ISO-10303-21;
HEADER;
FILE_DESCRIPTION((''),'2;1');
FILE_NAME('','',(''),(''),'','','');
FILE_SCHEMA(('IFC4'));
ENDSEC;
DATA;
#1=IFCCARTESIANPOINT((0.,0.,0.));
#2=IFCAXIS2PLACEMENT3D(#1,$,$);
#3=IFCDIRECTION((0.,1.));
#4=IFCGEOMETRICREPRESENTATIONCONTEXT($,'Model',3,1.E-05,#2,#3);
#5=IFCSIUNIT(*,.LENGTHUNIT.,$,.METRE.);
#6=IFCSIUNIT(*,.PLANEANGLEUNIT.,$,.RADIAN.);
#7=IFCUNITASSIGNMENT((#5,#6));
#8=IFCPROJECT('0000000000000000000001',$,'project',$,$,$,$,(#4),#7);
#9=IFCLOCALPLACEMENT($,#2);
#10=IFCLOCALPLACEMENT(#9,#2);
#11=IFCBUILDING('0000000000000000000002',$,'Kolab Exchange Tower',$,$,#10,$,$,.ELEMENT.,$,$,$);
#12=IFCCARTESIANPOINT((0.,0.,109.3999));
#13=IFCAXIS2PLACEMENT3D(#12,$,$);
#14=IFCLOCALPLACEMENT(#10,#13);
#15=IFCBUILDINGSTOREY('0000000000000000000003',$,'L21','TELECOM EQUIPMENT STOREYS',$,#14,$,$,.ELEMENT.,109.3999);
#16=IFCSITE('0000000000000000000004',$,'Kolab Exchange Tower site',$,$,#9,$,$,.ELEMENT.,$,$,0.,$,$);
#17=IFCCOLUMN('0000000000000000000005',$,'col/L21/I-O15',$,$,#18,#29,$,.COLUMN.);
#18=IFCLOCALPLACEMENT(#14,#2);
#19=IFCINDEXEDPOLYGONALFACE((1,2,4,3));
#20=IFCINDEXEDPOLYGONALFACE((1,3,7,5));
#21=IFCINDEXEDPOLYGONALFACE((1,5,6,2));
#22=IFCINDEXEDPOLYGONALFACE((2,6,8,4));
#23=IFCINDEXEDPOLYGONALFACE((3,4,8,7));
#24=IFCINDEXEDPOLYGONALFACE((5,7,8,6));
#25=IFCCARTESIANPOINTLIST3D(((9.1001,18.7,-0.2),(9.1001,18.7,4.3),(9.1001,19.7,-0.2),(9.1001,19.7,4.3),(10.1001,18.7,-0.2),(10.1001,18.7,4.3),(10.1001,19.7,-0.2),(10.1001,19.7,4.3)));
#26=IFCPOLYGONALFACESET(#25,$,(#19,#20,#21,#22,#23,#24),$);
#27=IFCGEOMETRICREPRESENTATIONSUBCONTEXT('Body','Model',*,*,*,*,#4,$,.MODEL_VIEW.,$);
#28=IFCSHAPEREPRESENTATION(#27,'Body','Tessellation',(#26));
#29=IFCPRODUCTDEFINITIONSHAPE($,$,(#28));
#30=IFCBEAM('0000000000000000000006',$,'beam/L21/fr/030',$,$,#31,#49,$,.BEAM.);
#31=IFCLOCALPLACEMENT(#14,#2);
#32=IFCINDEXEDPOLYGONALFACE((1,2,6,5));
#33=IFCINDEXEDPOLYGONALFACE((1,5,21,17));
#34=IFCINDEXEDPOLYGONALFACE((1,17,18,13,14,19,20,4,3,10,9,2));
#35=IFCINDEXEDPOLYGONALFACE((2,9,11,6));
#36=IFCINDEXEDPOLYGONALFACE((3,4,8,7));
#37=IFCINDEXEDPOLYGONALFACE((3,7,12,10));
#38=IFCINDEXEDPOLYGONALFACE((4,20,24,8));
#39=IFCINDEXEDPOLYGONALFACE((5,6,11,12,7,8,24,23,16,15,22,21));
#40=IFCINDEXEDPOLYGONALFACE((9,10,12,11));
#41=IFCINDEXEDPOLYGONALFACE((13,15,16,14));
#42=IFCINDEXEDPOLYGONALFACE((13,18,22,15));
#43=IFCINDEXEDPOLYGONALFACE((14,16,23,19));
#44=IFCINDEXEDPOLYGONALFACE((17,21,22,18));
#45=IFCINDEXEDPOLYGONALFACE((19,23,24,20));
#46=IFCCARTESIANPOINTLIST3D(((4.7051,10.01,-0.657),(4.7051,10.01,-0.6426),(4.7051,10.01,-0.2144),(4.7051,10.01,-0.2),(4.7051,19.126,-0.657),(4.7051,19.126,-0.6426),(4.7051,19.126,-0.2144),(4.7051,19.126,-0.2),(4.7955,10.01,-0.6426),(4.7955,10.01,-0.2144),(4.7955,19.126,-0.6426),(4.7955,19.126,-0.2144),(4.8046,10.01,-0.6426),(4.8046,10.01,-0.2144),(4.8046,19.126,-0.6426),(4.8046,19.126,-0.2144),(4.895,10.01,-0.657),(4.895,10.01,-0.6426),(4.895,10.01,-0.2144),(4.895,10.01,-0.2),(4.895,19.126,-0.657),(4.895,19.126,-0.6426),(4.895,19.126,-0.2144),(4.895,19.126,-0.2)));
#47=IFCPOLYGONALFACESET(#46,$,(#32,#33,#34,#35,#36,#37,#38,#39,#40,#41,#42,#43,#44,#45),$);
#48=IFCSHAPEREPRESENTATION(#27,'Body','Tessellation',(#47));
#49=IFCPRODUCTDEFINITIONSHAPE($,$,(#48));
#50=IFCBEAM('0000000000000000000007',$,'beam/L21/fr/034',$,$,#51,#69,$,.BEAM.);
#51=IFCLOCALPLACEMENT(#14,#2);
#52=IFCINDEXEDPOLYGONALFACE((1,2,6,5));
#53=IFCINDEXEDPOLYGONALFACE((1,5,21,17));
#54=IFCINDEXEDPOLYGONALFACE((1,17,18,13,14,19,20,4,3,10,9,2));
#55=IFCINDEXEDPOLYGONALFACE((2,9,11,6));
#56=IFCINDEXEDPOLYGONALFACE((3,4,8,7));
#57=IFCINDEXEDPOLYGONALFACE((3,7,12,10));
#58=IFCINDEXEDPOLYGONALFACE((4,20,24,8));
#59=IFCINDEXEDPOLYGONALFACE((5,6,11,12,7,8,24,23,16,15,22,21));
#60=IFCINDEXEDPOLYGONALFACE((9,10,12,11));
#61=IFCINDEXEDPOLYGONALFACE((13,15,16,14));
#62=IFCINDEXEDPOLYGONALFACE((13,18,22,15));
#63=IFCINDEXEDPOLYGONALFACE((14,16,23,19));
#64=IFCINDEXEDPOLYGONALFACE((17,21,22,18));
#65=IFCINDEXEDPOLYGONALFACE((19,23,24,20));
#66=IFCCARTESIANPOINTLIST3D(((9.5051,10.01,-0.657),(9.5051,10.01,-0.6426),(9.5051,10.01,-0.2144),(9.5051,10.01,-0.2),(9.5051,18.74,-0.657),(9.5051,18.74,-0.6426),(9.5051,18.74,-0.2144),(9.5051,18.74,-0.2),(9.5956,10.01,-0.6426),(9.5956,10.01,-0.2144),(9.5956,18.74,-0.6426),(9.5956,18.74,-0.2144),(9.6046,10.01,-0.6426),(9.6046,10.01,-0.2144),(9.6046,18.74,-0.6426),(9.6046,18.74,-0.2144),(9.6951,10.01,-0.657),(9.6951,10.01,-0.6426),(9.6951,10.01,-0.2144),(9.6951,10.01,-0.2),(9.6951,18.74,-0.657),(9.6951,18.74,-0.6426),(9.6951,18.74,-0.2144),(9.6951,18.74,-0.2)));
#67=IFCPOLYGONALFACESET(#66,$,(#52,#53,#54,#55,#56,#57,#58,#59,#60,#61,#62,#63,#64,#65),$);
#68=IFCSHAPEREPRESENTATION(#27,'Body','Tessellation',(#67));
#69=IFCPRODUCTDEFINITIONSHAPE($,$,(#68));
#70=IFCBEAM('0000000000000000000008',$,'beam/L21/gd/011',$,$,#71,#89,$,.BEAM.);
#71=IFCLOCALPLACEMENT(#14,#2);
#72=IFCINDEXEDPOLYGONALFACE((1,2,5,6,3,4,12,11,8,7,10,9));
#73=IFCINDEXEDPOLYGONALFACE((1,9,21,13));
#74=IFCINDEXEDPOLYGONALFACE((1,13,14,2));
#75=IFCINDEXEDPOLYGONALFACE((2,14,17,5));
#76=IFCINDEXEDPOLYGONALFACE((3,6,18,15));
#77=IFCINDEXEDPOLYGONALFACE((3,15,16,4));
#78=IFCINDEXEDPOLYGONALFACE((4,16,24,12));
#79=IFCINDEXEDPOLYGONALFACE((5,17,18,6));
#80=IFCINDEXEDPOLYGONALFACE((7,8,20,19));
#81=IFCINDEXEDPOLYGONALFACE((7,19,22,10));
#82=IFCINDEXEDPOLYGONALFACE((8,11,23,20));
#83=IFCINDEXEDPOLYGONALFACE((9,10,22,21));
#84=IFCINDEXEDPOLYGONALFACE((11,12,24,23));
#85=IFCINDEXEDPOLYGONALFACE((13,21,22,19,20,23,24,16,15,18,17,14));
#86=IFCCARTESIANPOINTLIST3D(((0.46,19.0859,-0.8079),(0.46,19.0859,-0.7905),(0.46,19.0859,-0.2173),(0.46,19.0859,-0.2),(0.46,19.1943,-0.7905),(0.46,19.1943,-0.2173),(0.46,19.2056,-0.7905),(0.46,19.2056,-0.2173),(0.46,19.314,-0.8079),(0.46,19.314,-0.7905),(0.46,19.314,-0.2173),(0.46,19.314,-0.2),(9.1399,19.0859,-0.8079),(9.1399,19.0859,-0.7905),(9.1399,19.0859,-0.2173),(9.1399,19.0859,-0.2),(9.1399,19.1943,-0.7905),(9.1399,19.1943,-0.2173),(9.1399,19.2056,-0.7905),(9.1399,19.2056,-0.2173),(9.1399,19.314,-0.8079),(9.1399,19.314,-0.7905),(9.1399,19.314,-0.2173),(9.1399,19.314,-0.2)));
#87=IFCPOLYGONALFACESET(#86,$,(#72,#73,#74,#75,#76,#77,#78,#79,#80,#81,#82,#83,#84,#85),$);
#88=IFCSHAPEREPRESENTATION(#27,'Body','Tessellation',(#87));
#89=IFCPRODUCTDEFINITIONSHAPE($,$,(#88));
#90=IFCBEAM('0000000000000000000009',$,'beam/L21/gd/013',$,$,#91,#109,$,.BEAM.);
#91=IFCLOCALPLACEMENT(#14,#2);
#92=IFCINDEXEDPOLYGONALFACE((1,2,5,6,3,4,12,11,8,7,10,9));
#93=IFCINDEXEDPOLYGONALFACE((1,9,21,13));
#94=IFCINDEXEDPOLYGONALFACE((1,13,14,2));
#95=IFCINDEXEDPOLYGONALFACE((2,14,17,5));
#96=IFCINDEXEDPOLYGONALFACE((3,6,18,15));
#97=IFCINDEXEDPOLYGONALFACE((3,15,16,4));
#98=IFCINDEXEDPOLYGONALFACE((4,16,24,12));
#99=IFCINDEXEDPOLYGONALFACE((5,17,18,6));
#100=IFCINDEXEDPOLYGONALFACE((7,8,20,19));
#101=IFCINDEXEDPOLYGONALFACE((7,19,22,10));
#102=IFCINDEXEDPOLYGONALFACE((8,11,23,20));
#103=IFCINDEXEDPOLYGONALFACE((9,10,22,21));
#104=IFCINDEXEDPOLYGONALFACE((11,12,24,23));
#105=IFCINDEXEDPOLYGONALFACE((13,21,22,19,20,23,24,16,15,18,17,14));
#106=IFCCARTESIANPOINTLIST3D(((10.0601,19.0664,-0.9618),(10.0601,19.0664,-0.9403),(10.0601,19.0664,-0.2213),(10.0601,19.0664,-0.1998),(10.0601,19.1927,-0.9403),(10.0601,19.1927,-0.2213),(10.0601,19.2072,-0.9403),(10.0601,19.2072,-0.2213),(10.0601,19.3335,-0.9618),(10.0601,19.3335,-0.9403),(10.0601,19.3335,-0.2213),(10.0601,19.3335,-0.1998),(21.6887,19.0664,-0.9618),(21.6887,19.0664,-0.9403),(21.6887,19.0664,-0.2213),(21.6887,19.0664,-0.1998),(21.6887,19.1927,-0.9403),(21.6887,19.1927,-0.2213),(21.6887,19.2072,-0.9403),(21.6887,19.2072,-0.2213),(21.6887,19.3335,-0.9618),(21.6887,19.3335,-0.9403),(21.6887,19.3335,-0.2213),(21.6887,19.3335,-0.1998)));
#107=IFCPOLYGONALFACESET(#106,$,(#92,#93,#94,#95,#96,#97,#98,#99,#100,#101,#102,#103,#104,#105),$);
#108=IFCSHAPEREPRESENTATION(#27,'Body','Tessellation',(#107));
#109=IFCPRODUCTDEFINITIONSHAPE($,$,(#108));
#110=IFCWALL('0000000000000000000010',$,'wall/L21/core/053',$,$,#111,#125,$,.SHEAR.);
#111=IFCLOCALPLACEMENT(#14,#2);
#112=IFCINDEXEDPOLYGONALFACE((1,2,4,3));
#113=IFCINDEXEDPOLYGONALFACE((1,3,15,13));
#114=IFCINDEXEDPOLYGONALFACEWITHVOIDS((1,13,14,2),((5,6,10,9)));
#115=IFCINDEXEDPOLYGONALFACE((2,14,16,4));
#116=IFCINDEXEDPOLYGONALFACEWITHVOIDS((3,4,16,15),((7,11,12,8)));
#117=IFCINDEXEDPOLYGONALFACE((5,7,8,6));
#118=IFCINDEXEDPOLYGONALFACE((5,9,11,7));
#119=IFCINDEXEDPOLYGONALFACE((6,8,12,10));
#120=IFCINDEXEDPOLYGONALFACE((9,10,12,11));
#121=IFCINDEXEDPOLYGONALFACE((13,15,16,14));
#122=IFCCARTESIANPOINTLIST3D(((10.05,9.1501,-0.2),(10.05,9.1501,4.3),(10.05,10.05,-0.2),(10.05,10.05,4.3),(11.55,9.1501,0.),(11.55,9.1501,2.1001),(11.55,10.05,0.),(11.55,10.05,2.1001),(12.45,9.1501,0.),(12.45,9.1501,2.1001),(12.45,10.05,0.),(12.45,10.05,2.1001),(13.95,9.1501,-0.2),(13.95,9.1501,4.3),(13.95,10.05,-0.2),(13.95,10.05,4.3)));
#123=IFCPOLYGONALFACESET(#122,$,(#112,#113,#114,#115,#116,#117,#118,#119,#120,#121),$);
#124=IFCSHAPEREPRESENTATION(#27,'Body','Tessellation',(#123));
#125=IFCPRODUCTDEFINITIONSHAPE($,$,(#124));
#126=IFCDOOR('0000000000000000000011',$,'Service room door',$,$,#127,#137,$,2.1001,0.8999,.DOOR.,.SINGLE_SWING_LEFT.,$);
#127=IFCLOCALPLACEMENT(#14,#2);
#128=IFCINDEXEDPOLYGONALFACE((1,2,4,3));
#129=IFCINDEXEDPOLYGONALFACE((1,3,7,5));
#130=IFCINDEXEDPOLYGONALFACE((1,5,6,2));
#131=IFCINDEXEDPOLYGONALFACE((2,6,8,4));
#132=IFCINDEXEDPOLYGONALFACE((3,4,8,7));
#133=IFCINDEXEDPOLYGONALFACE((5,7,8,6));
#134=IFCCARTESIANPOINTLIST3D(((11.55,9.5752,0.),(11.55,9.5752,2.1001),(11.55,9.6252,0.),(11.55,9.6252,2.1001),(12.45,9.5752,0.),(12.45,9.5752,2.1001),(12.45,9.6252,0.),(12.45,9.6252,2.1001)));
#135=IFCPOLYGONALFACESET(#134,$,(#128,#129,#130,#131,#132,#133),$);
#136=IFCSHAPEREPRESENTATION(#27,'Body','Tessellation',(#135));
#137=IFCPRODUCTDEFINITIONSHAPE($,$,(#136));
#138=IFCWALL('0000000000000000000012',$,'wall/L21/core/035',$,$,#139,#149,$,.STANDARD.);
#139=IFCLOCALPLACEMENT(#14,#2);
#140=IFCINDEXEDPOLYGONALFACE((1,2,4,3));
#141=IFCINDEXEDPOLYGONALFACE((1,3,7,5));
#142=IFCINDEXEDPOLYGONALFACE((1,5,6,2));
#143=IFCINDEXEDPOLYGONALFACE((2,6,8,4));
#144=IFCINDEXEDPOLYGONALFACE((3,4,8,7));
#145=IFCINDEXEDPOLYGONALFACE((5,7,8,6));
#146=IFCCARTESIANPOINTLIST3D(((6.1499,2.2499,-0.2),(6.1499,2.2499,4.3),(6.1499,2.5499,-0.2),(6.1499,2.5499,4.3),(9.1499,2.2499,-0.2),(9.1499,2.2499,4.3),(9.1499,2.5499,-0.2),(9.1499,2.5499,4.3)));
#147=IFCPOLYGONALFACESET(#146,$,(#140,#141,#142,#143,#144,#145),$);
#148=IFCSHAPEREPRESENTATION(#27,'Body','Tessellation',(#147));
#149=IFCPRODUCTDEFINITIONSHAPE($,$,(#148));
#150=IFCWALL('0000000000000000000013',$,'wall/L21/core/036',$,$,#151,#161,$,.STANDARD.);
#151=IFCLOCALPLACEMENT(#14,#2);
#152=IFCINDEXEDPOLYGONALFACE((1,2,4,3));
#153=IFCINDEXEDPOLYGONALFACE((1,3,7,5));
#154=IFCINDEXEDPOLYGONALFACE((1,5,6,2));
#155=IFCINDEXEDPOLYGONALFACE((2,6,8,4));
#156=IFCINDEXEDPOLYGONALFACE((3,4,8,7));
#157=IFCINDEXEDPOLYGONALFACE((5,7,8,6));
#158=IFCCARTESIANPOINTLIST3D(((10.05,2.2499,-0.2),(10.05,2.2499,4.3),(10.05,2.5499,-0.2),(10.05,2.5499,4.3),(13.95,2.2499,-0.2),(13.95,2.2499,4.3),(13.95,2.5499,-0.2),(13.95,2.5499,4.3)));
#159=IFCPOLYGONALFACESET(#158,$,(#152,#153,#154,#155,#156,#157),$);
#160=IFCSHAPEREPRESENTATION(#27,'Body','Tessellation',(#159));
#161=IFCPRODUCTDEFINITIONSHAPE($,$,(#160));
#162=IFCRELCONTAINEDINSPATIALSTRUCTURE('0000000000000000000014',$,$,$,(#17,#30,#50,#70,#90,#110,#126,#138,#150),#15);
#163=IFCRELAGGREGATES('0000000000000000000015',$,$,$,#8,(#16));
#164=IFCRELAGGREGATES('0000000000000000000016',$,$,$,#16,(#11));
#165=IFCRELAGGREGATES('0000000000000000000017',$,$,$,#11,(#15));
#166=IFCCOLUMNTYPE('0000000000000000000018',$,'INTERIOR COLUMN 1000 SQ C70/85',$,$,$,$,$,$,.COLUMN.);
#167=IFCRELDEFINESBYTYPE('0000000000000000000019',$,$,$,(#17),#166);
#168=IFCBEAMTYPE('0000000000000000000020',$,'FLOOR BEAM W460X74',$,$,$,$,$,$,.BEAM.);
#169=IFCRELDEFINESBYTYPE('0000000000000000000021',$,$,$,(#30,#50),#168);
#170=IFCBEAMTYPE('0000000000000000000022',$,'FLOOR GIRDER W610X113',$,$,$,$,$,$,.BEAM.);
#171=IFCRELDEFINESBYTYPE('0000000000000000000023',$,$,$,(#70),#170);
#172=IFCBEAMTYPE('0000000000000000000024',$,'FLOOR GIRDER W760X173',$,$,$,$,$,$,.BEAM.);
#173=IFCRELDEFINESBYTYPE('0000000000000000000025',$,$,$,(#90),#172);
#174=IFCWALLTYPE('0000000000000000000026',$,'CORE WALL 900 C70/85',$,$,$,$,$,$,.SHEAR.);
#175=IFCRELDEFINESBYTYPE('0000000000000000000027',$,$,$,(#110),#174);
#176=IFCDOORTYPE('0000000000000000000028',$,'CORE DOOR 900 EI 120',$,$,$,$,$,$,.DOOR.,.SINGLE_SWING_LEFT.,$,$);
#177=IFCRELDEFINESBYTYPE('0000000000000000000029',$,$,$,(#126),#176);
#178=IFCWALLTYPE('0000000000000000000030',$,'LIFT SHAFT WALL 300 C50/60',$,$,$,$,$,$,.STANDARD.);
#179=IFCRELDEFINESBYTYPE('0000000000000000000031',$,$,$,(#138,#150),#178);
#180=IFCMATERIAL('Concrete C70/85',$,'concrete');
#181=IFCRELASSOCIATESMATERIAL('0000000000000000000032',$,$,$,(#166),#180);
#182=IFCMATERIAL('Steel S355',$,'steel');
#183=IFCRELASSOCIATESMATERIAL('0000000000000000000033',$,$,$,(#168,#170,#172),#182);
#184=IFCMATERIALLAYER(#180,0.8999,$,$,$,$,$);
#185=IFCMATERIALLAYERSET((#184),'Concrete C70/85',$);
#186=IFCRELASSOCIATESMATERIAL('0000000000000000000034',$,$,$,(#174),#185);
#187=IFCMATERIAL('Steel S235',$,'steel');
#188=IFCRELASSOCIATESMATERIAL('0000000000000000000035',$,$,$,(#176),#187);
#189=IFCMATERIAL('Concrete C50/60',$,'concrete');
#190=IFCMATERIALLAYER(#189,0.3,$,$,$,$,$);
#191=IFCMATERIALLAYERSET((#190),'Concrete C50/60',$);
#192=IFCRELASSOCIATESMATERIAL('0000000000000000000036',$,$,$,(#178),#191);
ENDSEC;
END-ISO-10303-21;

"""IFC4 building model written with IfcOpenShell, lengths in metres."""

from ifc_helpers import new_model, si_unit, direction, frame, frame_2d, origin, origin_2d, place, context, subcontext, project, spatial, rectangle, i_section, extrude, material, layer, layer_set, material_profile, profile_set, type_object, element, fill, save


model = new_model("IFC4")

# Units and contexts
model_context = context("Model", 3, precision=1e-05, world=origin(), true_north=direction((0.0, 1.0)))
body_context = subcontext(model_context, "Body", "Model", "MODEL_VIEW")
ifc_project = project(units=[si_unit("LENGTHUNIT", "METRE"), si_unit("PLANEANGLEUNIT", "RADIAN")], contexts=[model_context])

# Site, building, storey
site_placement = place(None, origin())
site = spatial("IfcSite", under=ifc_project, at=site_placement, Name="Kolab Exchange Tower site", CompositionType="ELEMENT", RefElevation=0.0)
building_placement = place(site_placement, origin())
building = spatial("IfcBuilding", under=site, at=building_placement, Name="Kolab Exchange Tower", CompositionType="ELEMENT")
storey_placement = place(building_placement, frame((0.0, 0.0, 109.3999)))
storey = spatial("IfcBuildingStorey", under=building, at=storey_placement, Name="L21", Description="TELECOM EQUIPMENT STOREYS", CompositionType="ELEMENT", Elevation=109.3999)

# Column
ifc_material_1 = material(Name="Concrete C70/85", Category="concrete")
ifc_material_profile_1 = material_profile(ifc_material_1, rectangle(XDim=1.0, YDim=1.0, at=origin_2d()), Name="RC1000")
ifc_profile_set_1 = profile_set([ifc_material_profile_1], Name="Concrete C70/85")
column_type = type_object("IfcColumnType", Name="INTERIOR COLUMN 1000 SQ C70/85", PredefinedType="COLUMN", material=ifc_profile_set_1)
column_placement = place(storey_placement, frame((9.6001, 19.2, -0.2), z_axis=(0.0, 0.0, 1.0), x_axis=(1.0, 0.0, 0.0)))
element("IfcColumn", 1, at=column_placement, inside=storey, type_object=column_type, Name="col/L21/I-O15", PredefinedType="COLUMN", context=body_context, shape_type="SweptSolid", body=[
    extrude(rectangle(XDim=1.0, YDim=1.0, at=origin_2d()), origin(), (0.0, 0.0, 1.0), 4.5),
])

# Beams
ifc_material_2 = material(Name="Steel S355", Category="steel")
ifc_material_profile_2 = material_profile(ifc_material_2, i_section(OverallWidth=0.1899, OverallDepth=0.457, WebThickness=0.009, FlangeThickness=0.0144, at=origin_2d()), Name="W460X74")
ifc_profile_set_2 = profile_set([ifc_material_profile_2], Name="Steel S355")
beam_type_1 = type_object("IfcBeamType", Name="FLOOR BEAM W460X74", PredefinedType="BEAM", material=ifc_profile_set_2)
beam_1_placement = place(storey_placement, frame((4.8, 10.01, -0.4285), z_axis=(0.0, 1.0, 0.0), x_axis=(-1.0, 0.0, 0.0)))
element("IfcBeam", 2, at=beam_1_placement, inside=storey, type_object=beam_type_1, Name="beam/L21/fr/030", PredefinedType="BEAM", context=body_context, shape_type="SweptSolid", body=[
    extrude(i_section(OverallWidth=0.1899, OverallDepth=0.457, WebThickness=0.009, FlangeThickness=0.0144, at=origin_2d()), origin(), (0.0, 0.0, 1.0), 9.116),
])
beam_2_placement = place(storey_placement, frame((9.6001, 10.01, -0.4285), z_axis=(0.0, 1.0, 0.0), x_axis=(-1.0, 0.0, 0.0)))
element("IfcBeam", 3, at=beam_2_placement, inside=storey, type_object=beam_type_1, Name="beam/L21/fr/034", PredefinedType="BEAM", context=body_context, shape_type="SweptSolid", body=[
    extrude(i_section(OverallWidth=0.1899, OverallDepth=0.457, WebThickness=0.009, FlangeThickness=0.0144, at=origin_2d()), origin(), (0.0, 0.0, 1.0), 8.73),
])
ifc_material_profile_3 = material_profile(ifc_material_2, i_section(OverallWidth=0.228, OverallDepth=0.6079, WebThickness=0.0112, FlangeThickness=0.0173, at=origin_2d()), Name="W610X113")
ifc_profile_set_3 = profile_set([ifc_material_profile_3], Name="Steel S355")
beam_type_2 = type_object("IfcBeamType", Name="FLOOR GIRDER W610X113", PredefinedType="BEAM", material=ifc_profile_set_3)
beam_3_placement = place(storey_placement, frame((0.46, 19.2, -0.5039), z_axis=(1.0, 0.0, 0.0), x_axis=(0.0, 1.0, 0.0)))
element("IfcBeam", 4, at=beam_3_placement, inside=storey, type_object=beam_type_2, Name="beam/L21/gd/011", PredefinedType="BEAM", context=body_context, shape_type="SweptSolid", body=[
    extrude(i_section(OverallWidth=0.228, OverallDepth=0.6079, WebThickness=0.0112, FlangeThickness=0.0173, at=origin_2d()), origin(), (0.0, 0.0, 1.0), 8.6799),
])
ifc_material_profile_4 = material_profile(ifc_material_2, i_section(OverallWidth=0.2671, OverallDepth=0.762, WebThickness=0.0144, FlangeThickness=0.0215, at=origin_2d()), Name="W760X173")
ifc_profile_set_4 = profile_set([ifc_material_profile_4], Name="Steel S355")
beam_type_3 = type_object("IfcBeamType", Name="FLOOR GIRDER W760X173", PredefinedType="BEAM", material=ifc_profile_set_4)
beam_4_placement = place(storey_placement, frame((10.0601, 19.2, -0.5808), z_axis=(1.0, 0.0, 0.0), x_axis=(0.0, 1.0, 0.0)))
element("IfcBeam", 5, at=beam_4_placement, inside=storey, type_object=beam_type_3, Name="beam/L21/gd/013", PredefinedType="BEAM", context=body_context, shape_type="SweptSolid", body=[
    extrude(i_section(OverallWidth=0.2671, OverallDepth=0.762, WebThickness=0.0144, FlangeThickness=0.0215, at=origin_2d()), origin(), (0.0, 0.0, 1.0), 11.6287),
])

# Wall, opening, door
ifc_layer_1 = layer(ifc_material_1, 0.8999)
ifc_layer_set_1 = layer_set([ifc_layer_1], Name="Concrete C70/85")
wall_type_1 = type_object("IfcWallType", Name="CORE WALL 900 C70/85", PredefinedType="SHEAR", material=ifc_layer_set_1)
wall_1_placement = place(storey_placement, frame((10.05, 9.6001, -0.2), z_axis=(0.0, 0.0, 1.0), x_axis=(1.0, 0.0, 0.0)))
wall_1 = element("IfcWall", 6, at=wall_1_placement, inside=storey, type_object=wall_type_1, Name="wall/L21/core/053", PredefinedType="SHEAR", context=body_context, shape_type="SweptSolid", body=[
    extrude(rectangle(XDim=3.8999, YDim=0.8999, at=frame_2d((1.95, 0.0))), origin(), (0.0, 0.0, 1.0), 4.5),
])
opening_1_placement = place(wall_1_placement, frame((1.5, 0.0, 0.2)))
opening_1 = element("IfcOpeningElement", 7, at=opening_1_placement, cuts=wall_1, PredefinedType="OPENING", context=body_context, shape_type="SweptSolid", body=[
    extrude(rectangle(XDim=0.8999, YDim=2.1001, at=frame_2d((0.45, 1.05))), frame((0.0, 0.46, 0.0), z_axis=(0.0, -1.0, 0.0), x_axis=(1.0, 0.0, 0.0)), (0.0, 0.0, 1.0), 0.9199),
])
ifc_material_3 = material(Name="Steel S235", Category="steel")
door_type_1 = type_object("IfcDoorType", Name="CORE DOOR 900 EI 120", OperationType="SINGLE_SWING_LEFT", PredefinedType="DOOR", material=ifc_material_3)
door_1_placement = place(opening_1_placement, frame((0.8999, 0.0, 0.0), z_axis=(0.0, 0.0, 1.0), x_axis=(-1.0, 0.0, 0.0)))
door_1 = element("IfcDoor", 8, at=door_1_placement, inside=storey, type_object=door_type_1, Name="Service room door", OperationType="SINGLE_SWING_LEFT", OverallHeight=2.1001, OverallWidth=0.8999, PredefinedType="DOOR", context=body_context, shape_type="SweptSolid", body=[
    extrude(rectangle(XDim=0.8999, YDim=2.1001, at=frame_2d((0.45, 1.05))), frame((0.0, 0.0249, 0.0), z_axis=(0.0, -1.0, 0.0), x_axis=(1.0, 0.0, 0.0)), (0.0, 0.0, 1.0), 0.05),
])
fill(opening_1, door_1)

# Walls
ifc_material_4 = material(Name="Concrete C50/60", Category="concrete")
ifc_layer_2 = layer(ifc_material_4, 0.3)
ifc_layer_set_2 = layer_set([ifc_layer_2], Name="Concrete C50/60")
wall_type_2 = type_object("IfcWallType", Name="LIFT SHAFT WALL 300 C50/60", PredefinedType="STANDARD", material=ifc_layer_set_2)
wall_2_placement = place(storey_placement, frame((6.1499, 2.3999, -0.2), z_axis=(0.0, 0.0, 1.0), x_axis=(1.0, 0.0, 0.0)))
element("IfcWall", 9, at=wall_2_placement, inside=storey, type_object=wall_type_2, Name="wall/L21/core/035", PredefinedType="STANDARD", context=body_context, shape_type="SweptSolid", body=[
    extrude(rectangle(XDim=3.0, YDim=0.3, at=frame_2d((1.5, 0.0))), origin(), (0.0, 0.0, 1.0), 4.5),
])
wall_3_placement = place(storey_placement, frame((10.05, 2.3999, -0.2), z_axis=(0.0, 0.0, 1.0), x_axis=(1.0, 0.0, 0.0)))
element("IfcWall", 10, at=wall_3_placement, inside=storey, type_object=wall_type_2, Name="wall/L21/core/036", PredefinedType="STANDARD", context=body_context, shape_type="SweptSolid", body=[
    extrude(rectangle(XDim=3.8999, YDim=0.3, at=frame_2d((1.95, 0.0))), origin(), (0.0, 0.0, 1.0), 4.5),
])

save(model, "model.ifc")
